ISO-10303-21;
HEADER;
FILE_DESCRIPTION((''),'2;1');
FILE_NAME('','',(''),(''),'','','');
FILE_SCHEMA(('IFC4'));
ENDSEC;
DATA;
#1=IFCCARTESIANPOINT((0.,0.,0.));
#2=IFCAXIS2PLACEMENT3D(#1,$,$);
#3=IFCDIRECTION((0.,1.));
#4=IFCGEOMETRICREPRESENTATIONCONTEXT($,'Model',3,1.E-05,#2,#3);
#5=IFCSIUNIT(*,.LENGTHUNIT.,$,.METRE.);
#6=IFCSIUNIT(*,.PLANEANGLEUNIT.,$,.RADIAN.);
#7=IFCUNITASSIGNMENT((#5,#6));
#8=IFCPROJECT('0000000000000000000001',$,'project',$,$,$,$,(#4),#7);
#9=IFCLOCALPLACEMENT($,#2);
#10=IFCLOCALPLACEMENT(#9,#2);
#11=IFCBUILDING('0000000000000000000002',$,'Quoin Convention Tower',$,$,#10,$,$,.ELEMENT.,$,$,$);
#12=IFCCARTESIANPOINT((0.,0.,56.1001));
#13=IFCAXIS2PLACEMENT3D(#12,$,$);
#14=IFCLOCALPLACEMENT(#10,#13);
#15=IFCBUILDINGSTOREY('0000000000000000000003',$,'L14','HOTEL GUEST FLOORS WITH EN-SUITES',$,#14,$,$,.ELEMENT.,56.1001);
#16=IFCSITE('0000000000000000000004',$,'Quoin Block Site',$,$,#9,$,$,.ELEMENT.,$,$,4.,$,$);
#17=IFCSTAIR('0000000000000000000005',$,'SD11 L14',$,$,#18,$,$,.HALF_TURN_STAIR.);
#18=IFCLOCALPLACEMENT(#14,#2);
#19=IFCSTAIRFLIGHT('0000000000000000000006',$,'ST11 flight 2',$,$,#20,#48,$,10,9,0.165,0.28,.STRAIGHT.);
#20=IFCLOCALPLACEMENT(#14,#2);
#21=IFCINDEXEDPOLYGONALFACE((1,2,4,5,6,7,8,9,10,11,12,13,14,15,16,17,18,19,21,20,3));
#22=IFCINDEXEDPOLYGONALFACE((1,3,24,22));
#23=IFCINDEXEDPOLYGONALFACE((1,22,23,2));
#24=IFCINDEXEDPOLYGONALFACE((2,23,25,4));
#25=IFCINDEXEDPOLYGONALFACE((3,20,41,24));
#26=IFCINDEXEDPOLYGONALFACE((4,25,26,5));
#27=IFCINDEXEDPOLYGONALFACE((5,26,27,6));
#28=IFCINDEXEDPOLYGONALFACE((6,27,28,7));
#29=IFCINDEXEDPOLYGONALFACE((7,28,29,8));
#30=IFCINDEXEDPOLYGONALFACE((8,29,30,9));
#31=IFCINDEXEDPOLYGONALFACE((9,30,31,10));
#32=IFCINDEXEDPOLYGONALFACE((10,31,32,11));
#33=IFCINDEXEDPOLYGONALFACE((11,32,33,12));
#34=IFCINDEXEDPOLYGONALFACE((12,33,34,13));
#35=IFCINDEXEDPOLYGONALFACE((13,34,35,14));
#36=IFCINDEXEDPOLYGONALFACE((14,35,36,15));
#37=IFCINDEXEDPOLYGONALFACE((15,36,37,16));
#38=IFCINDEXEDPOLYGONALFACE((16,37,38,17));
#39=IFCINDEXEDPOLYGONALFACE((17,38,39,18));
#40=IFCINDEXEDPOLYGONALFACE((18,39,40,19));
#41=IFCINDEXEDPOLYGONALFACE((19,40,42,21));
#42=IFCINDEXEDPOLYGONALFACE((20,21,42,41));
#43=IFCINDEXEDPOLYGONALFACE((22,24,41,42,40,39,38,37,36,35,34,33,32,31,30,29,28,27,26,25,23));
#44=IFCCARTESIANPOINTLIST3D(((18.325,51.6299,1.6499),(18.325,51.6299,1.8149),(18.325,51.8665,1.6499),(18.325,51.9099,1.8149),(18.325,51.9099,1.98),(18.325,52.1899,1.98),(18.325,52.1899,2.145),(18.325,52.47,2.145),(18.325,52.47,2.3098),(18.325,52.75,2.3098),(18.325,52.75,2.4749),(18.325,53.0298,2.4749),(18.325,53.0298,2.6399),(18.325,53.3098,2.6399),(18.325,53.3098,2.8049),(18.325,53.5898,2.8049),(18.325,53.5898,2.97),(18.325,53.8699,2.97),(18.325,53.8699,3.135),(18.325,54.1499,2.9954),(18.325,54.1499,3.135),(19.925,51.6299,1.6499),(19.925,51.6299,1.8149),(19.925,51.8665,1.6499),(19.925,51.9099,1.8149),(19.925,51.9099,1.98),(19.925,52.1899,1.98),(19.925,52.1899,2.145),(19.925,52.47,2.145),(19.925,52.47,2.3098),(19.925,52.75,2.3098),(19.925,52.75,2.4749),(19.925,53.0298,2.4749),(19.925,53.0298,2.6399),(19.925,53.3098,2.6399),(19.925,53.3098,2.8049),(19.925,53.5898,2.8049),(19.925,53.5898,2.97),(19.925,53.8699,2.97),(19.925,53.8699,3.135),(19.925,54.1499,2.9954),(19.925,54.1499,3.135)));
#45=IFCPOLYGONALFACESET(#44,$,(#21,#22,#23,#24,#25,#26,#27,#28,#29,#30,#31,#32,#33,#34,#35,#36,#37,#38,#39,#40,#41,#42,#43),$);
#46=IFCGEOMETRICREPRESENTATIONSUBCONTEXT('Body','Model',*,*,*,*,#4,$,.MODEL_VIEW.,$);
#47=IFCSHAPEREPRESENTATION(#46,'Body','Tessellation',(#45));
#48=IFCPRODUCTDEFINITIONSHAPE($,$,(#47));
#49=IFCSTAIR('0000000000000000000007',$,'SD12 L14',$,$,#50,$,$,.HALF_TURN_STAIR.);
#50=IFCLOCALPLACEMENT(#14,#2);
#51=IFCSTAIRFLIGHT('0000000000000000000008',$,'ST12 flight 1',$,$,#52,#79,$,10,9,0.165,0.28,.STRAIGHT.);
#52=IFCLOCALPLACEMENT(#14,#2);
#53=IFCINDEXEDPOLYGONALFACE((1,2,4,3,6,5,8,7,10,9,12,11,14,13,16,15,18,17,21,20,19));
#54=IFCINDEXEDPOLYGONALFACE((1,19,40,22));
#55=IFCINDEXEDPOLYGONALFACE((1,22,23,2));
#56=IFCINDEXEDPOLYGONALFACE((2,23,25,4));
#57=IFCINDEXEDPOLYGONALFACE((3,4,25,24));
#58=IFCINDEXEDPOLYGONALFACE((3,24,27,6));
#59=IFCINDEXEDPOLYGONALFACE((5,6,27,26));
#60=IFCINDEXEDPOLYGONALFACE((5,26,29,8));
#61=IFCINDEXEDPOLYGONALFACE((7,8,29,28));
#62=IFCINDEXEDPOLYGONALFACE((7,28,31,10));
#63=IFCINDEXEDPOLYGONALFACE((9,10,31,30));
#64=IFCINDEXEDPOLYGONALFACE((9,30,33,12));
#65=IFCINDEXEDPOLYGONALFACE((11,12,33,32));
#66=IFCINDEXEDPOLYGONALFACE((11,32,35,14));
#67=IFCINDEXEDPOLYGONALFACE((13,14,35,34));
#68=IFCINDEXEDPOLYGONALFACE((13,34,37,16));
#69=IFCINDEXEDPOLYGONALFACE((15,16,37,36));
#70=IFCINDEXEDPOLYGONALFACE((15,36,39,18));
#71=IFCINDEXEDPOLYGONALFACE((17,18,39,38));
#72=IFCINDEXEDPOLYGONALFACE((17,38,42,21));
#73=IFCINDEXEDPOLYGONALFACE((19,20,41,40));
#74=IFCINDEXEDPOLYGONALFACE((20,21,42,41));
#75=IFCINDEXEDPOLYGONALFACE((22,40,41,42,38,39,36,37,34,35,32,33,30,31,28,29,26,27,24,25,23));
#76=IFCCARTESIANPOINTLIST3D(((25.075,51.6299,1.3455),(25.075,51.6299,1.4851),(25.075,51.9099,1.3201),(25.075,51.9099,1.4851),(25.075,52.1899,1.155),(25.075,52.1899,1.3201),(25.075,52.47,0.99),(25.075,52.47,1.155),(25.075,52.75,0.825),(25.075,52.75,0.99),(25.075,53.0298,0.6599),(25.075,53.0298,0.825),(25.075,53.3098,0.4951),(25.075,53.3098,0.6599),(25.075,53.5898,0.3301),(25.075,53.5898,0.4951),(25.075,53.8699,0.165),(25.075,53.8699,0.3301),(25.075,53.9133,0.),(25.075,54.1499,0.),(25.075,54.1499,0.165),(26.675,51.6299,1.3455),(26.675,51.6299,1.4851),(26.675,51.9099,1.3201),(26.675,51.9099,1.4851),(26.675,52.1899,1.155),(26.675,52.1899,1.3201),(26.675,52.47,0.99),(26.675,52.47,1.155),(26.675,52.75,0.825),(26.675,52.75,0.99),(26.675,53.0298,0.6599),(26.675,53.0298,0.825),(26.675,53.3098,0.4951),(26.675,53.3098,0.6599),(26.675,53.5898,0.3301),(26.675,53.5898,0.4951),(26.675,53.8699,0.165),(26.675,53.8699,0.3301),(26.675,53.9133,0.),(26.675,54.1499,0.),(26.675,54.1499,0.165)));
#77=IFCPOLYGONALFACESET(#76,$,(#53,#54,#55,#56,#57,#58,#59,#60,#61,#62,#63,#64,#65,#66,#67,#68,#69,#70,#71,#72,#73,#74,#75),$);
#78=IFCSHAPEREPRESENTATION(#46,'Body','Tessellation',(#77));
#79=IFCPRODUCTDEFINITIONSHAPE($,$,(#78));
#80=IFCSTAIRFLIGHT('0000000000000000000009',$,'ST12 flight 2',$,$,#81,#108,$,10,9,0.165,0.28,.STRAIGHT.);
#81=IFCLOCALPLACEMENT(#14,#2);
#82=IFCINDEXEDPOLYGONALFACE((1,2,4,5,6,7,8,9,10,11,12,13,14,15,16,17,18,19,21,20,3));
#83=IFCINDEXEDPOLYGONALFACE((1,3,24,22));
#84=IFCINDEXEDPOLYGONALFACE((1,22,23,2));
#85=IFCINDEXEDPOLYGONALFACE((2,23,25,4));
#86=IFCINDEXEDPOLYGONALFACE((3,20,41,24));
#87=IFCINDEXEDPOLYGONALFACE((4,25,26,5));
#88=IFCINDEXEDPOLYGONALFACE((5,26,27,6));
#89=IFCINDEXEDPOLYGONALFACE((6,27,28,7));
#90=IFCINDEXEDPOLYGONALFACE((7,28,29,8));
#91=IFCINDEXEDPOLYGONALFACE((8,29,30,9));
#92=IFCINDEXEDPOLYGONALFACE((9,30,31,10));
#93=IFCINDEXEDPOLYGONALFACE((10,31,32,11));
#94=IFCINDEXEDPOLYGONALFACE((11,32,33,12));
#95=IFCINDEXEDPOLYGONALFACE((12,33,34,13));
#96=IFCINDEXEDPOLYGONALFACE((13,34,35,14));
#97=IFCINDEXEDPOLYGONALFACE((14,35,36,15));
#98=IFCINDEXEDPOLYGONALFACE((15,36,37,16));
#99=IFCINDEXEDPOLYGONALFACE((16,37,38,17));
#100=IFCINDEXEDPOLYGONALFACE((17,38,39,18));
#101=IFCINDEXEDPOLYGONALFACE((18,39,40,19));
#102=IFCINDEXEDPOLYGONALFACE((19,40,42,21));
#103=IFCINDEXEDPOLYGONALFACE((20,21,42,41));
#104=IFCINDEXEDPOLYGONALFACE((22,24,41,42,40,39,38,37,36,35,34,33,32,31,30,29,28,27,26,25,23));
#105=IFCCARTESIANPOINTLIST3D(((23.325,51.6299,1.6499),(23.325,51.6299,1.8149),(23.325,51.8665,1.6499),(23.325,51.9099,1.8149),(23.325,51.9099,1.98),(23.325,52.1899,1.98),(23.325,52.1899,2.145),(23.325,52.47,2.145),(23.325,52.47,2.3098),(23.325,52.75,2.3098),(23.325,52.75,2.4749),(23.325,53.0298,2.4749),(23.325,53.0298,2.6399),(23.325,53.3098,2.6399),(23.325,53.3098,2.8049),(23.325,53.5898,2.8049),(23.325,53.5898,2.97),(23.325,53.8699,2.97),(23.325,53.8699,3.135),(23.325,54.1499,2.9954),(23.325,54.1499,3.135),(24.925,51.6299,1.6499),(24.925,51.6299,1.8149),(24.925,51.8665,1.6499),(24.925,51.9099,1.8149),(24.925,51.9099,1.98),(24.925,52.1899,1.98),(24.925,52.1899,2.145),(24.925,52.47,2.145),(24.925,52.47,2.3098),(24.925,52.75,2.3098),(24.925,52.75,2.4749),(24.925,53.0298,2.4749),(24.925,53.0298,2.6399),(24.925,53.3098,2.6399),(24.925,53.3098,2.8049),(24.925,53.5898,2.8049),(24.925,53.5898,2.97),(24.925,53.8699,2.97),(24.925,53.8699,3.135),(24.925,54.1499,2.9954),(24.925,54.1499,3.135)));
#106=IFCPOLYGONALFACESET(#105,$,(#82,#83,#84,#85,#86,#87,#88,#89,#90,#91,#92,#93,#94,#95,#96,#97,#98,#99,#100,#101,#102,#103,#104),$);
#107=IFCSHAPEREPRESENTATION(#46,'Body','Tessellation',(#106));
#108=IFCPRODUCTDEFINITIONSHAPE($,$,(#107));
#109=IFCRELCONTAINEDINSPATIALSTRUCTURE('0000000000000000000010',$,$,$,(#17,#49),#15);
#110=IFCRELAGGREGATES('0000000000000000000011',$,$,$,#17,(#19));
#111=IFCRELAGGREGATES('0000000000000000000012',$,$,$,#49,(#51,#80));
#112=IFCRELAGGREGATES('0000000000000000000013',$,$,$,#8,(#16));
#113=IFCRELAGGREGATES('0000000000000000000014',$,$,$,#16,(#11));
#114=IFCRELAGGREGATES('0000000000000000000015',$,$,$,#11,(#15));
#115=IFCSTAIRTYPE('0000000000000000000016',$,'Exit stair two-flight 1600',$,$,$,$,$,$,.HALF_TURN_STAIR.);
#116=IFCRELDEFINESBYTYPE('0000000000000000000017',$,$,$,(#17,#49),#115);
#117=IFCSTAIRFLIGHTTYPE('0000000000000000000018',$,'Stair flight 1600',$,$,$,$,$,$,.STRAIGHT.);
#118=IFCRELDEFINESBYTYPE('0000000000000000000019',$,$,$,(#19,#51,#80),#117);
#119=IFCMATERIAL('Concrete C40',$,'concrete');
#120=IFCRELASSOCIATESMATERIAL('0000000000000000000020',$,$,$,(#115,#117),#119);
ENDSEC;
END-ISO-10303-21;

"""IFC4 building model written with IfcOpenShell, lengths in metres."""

from ifc_helpers import new_model, si_unit, direction, frame, origin, place, context, subcontext, project, spatial, polyline, outline, extrude, material, type_object, element, aggregate, save


model = new_model("IFC4")

# Units and contexts
model_context = context("Model", 3, precision=1e-05, world=origin(), true_north=direction((0.0, 1.0)))
body_context = subcontext(model_context, "Body", "Model", "MODEL_VIEW")
ifc_project = project(units=[si_unit("LENGTHUNIT", "METRE"), si_unit("PLANEANGLEUNIT", "RADIAN")], contexts=[model_context])

# Site, building, storey
site_placement = place(None, origin())
site = spatial("IfcSite", under=ifc_project, at=site_placement, Name="Quoin Block Site", CompositionType="ELEMENT", RefElevation=4.0)
building_placement = place(site_placement, origin())
building = spatial("IfcBuilding", under=site, at=building_placement, Name="Quoin Convention Tower", CompositionType="ELEMENT")
storey_placement = place(building_placement, frame((0.0, 0.0, 56.1001)))
storey = spatial("IfcBuildingStorey", under=building, at=storey_placement, Name="L14", Description="HOTEL GUEST FLOORS WITH EN-SUITES", CompositionType="ELEMENT", Elevation=56.1001)

# Stairs, stair flights
ifc_material_1 = material(Name="Concrete C40", Category="concrete")
stair_type = type_object("IfcStairType", Name="Exit stair two-flight 1600", PredefinedType="HALF_TURN_STAIR", material=ifc_material_1)
stair_1_placement = place(storey_placement, origin())
stair_1 = element("IfcStair", 1, at=stair_1_placement, inside=storey, type_object=stair_type, Name="SD11 L14", PredefinedType="HALF_TURN_STAIR")
stair_flight_type = type_object("IfcStairFlightType", Name="Stair flight 1600", PredefinedType="STRAIGHT", material=ifc_material_1)
stair_flight_1_placement = place(storey_placement, frame((19.125, 51.6299, 1.6499), z_axis=(0.0, 0.0, 1.0), x_axis=(0.0, 1.0, 0.0)))
stair_flight_1 = element("IfcStairFlight", 2, at=stair_flight_1_placement, type_object=stair_flight_type, Name="ST11 flight 2", NumberOfRisers=10, NumberOfTreads=9, PredefinedType="STRAIGHT", RiserHeight=0.165, TreadLength=0.28, context=body_context, shape_type="SweptSolid", body=[
    extrude(outline(polyline([(0.0, 0.0), (0.0, 0.165), (0.28, 0.165), (0.28, 0.3301), (0.5601, 0.3301), (0.5601, 0.4951), (0.8401, 0.4951), (0.8401, 0.6599), (1.1201, 0.6599), (1.1201, 0.825), (1.3999, 0.825), (1.3999, 0.99), (1.6799, 0.99), (1.6799, 1.155), (1.96, 1.155), (1.96, 1.3201), (2.24, 1.3201), (2.24, 1.4851), (2.52, 1.4851), (2.52, 1.6499), (2.52, 1.3455), (0.2366, 0.0), (0.0, 0.0)])), frame((0.0, 0.8, 0.0), z_axis=(0.0, -1.0, 0.0), x_axis=(1.0, 0.0, 0.0)), (0.0, 0.0, 1.0), 1.6001),
])
aggregate(stair_1, [stair_flight_1])
stair_2_placement = place(storey_placement, origin())
stair_2 = element("IfcStair", 3, at=stair_2_placement, inside=storey, type_object=stair_type, Name="SD12 L14", PredefinedType="HALF_TURN_STAIR")
stair_flight_2_placement = place(storey_placement, frame((25.875, 54.1499, 0.0), z_axis=(0.0, 0.0, 1.0), x_axis=(0.0, -1.0, 0.0)))
stair_flight_2 = element("IfcStairFlight", 4, at=stair_flight_2_placement, type_object=stair_flight_type, Name="ST12 flight 1", NumberOfRisers=10, NumberOfTreads=9, PredefinedType="STRAIGHT", RiserHeight=0.165, TreadLength=0.28, context=body_context, shape_type="SweptSolid", body=[
    extrude(outline(polyline([(0.0, 0.0), (0.0, 0.165), (0.28, 0.165), (0.28, 0.3301), (0.5601, 0.3301), (0.5601, 0.4951), (0.8401, 0.4951), (0.8401, 0.6599), (1.1201, 0.6599), (1.1201, 0.825), (1.3999, 0.825), (1.3999, 0.99), (1.6799, 0.99), (1.6799, 1.155), (1.96, 1.155), (1.96, 1.3201), (2.24, 1.3201), (2.24, 1.4851), (2.52, 1.4851), (2.52, 1.6499), (2.52, 1.3455), (0.2366, 0.0), (0.0, 0.0)])), frame((0.0, 0.8, 0.0), z_axis=(0.0, -1.0, 0.0), x_axis=(1.0, 0.0, 0.0)), (0.0, 0.0, 1.0), 1.6001),
])
stair_flight_3_placement = place(storey_placement, frame((24.125, 51.6299, 1.6499), z_axis=(0.0, 0.0, 1.0), x_axis=(0.0, 1.0, 0.0)))
stair_flight_3 = element("IfcStairFlight", 5, at=stair_flight_3_placement, type_object=stair_flight_type, Name="ST12 flight 2", NumberOfRisers=10, NumberOfTreads=9, PredefinedType="STRAIGHT", RiserHeight=0.165, TreadLength=0.28, context=body_context, shape_type="SweptSolid", body=[
    extrude(outline(polyline([(0.0, 0.0), (0.0, 0.165), (0.28, 0.165), (0.28, 0.3301), (0.5601, 0.3301), (0.5601, 0.4951), (0.8401, 0.4951), (0.8401, 0.6599), (1.1201, 0.6599), (1.1201, 0.825), (1.3999, 0.825), (1.3999, 0.99), (1.6799, 0.99), (1.6799, 1.155), (1.96, 1.155), (1.96, 1.3201), (2.24, 1.3201), (2.24, 1.4851), (2.52, 1.4851), (2.52, 1.6499), (2.52, 1.3455), (0.2366, 0.0), (0.0, 0.0)])), frame((0.0, 0.8, 0.0), z_axis=(0.0, -1.0, 0.0), x_axis=(1.0, 0.0, 0.0)), (0.0, 0.0, 1.0), 1.6001),
])
aggregate(stair_2, [stair_flight_2, stair_flight_3])

save(model, "model.ifc")
